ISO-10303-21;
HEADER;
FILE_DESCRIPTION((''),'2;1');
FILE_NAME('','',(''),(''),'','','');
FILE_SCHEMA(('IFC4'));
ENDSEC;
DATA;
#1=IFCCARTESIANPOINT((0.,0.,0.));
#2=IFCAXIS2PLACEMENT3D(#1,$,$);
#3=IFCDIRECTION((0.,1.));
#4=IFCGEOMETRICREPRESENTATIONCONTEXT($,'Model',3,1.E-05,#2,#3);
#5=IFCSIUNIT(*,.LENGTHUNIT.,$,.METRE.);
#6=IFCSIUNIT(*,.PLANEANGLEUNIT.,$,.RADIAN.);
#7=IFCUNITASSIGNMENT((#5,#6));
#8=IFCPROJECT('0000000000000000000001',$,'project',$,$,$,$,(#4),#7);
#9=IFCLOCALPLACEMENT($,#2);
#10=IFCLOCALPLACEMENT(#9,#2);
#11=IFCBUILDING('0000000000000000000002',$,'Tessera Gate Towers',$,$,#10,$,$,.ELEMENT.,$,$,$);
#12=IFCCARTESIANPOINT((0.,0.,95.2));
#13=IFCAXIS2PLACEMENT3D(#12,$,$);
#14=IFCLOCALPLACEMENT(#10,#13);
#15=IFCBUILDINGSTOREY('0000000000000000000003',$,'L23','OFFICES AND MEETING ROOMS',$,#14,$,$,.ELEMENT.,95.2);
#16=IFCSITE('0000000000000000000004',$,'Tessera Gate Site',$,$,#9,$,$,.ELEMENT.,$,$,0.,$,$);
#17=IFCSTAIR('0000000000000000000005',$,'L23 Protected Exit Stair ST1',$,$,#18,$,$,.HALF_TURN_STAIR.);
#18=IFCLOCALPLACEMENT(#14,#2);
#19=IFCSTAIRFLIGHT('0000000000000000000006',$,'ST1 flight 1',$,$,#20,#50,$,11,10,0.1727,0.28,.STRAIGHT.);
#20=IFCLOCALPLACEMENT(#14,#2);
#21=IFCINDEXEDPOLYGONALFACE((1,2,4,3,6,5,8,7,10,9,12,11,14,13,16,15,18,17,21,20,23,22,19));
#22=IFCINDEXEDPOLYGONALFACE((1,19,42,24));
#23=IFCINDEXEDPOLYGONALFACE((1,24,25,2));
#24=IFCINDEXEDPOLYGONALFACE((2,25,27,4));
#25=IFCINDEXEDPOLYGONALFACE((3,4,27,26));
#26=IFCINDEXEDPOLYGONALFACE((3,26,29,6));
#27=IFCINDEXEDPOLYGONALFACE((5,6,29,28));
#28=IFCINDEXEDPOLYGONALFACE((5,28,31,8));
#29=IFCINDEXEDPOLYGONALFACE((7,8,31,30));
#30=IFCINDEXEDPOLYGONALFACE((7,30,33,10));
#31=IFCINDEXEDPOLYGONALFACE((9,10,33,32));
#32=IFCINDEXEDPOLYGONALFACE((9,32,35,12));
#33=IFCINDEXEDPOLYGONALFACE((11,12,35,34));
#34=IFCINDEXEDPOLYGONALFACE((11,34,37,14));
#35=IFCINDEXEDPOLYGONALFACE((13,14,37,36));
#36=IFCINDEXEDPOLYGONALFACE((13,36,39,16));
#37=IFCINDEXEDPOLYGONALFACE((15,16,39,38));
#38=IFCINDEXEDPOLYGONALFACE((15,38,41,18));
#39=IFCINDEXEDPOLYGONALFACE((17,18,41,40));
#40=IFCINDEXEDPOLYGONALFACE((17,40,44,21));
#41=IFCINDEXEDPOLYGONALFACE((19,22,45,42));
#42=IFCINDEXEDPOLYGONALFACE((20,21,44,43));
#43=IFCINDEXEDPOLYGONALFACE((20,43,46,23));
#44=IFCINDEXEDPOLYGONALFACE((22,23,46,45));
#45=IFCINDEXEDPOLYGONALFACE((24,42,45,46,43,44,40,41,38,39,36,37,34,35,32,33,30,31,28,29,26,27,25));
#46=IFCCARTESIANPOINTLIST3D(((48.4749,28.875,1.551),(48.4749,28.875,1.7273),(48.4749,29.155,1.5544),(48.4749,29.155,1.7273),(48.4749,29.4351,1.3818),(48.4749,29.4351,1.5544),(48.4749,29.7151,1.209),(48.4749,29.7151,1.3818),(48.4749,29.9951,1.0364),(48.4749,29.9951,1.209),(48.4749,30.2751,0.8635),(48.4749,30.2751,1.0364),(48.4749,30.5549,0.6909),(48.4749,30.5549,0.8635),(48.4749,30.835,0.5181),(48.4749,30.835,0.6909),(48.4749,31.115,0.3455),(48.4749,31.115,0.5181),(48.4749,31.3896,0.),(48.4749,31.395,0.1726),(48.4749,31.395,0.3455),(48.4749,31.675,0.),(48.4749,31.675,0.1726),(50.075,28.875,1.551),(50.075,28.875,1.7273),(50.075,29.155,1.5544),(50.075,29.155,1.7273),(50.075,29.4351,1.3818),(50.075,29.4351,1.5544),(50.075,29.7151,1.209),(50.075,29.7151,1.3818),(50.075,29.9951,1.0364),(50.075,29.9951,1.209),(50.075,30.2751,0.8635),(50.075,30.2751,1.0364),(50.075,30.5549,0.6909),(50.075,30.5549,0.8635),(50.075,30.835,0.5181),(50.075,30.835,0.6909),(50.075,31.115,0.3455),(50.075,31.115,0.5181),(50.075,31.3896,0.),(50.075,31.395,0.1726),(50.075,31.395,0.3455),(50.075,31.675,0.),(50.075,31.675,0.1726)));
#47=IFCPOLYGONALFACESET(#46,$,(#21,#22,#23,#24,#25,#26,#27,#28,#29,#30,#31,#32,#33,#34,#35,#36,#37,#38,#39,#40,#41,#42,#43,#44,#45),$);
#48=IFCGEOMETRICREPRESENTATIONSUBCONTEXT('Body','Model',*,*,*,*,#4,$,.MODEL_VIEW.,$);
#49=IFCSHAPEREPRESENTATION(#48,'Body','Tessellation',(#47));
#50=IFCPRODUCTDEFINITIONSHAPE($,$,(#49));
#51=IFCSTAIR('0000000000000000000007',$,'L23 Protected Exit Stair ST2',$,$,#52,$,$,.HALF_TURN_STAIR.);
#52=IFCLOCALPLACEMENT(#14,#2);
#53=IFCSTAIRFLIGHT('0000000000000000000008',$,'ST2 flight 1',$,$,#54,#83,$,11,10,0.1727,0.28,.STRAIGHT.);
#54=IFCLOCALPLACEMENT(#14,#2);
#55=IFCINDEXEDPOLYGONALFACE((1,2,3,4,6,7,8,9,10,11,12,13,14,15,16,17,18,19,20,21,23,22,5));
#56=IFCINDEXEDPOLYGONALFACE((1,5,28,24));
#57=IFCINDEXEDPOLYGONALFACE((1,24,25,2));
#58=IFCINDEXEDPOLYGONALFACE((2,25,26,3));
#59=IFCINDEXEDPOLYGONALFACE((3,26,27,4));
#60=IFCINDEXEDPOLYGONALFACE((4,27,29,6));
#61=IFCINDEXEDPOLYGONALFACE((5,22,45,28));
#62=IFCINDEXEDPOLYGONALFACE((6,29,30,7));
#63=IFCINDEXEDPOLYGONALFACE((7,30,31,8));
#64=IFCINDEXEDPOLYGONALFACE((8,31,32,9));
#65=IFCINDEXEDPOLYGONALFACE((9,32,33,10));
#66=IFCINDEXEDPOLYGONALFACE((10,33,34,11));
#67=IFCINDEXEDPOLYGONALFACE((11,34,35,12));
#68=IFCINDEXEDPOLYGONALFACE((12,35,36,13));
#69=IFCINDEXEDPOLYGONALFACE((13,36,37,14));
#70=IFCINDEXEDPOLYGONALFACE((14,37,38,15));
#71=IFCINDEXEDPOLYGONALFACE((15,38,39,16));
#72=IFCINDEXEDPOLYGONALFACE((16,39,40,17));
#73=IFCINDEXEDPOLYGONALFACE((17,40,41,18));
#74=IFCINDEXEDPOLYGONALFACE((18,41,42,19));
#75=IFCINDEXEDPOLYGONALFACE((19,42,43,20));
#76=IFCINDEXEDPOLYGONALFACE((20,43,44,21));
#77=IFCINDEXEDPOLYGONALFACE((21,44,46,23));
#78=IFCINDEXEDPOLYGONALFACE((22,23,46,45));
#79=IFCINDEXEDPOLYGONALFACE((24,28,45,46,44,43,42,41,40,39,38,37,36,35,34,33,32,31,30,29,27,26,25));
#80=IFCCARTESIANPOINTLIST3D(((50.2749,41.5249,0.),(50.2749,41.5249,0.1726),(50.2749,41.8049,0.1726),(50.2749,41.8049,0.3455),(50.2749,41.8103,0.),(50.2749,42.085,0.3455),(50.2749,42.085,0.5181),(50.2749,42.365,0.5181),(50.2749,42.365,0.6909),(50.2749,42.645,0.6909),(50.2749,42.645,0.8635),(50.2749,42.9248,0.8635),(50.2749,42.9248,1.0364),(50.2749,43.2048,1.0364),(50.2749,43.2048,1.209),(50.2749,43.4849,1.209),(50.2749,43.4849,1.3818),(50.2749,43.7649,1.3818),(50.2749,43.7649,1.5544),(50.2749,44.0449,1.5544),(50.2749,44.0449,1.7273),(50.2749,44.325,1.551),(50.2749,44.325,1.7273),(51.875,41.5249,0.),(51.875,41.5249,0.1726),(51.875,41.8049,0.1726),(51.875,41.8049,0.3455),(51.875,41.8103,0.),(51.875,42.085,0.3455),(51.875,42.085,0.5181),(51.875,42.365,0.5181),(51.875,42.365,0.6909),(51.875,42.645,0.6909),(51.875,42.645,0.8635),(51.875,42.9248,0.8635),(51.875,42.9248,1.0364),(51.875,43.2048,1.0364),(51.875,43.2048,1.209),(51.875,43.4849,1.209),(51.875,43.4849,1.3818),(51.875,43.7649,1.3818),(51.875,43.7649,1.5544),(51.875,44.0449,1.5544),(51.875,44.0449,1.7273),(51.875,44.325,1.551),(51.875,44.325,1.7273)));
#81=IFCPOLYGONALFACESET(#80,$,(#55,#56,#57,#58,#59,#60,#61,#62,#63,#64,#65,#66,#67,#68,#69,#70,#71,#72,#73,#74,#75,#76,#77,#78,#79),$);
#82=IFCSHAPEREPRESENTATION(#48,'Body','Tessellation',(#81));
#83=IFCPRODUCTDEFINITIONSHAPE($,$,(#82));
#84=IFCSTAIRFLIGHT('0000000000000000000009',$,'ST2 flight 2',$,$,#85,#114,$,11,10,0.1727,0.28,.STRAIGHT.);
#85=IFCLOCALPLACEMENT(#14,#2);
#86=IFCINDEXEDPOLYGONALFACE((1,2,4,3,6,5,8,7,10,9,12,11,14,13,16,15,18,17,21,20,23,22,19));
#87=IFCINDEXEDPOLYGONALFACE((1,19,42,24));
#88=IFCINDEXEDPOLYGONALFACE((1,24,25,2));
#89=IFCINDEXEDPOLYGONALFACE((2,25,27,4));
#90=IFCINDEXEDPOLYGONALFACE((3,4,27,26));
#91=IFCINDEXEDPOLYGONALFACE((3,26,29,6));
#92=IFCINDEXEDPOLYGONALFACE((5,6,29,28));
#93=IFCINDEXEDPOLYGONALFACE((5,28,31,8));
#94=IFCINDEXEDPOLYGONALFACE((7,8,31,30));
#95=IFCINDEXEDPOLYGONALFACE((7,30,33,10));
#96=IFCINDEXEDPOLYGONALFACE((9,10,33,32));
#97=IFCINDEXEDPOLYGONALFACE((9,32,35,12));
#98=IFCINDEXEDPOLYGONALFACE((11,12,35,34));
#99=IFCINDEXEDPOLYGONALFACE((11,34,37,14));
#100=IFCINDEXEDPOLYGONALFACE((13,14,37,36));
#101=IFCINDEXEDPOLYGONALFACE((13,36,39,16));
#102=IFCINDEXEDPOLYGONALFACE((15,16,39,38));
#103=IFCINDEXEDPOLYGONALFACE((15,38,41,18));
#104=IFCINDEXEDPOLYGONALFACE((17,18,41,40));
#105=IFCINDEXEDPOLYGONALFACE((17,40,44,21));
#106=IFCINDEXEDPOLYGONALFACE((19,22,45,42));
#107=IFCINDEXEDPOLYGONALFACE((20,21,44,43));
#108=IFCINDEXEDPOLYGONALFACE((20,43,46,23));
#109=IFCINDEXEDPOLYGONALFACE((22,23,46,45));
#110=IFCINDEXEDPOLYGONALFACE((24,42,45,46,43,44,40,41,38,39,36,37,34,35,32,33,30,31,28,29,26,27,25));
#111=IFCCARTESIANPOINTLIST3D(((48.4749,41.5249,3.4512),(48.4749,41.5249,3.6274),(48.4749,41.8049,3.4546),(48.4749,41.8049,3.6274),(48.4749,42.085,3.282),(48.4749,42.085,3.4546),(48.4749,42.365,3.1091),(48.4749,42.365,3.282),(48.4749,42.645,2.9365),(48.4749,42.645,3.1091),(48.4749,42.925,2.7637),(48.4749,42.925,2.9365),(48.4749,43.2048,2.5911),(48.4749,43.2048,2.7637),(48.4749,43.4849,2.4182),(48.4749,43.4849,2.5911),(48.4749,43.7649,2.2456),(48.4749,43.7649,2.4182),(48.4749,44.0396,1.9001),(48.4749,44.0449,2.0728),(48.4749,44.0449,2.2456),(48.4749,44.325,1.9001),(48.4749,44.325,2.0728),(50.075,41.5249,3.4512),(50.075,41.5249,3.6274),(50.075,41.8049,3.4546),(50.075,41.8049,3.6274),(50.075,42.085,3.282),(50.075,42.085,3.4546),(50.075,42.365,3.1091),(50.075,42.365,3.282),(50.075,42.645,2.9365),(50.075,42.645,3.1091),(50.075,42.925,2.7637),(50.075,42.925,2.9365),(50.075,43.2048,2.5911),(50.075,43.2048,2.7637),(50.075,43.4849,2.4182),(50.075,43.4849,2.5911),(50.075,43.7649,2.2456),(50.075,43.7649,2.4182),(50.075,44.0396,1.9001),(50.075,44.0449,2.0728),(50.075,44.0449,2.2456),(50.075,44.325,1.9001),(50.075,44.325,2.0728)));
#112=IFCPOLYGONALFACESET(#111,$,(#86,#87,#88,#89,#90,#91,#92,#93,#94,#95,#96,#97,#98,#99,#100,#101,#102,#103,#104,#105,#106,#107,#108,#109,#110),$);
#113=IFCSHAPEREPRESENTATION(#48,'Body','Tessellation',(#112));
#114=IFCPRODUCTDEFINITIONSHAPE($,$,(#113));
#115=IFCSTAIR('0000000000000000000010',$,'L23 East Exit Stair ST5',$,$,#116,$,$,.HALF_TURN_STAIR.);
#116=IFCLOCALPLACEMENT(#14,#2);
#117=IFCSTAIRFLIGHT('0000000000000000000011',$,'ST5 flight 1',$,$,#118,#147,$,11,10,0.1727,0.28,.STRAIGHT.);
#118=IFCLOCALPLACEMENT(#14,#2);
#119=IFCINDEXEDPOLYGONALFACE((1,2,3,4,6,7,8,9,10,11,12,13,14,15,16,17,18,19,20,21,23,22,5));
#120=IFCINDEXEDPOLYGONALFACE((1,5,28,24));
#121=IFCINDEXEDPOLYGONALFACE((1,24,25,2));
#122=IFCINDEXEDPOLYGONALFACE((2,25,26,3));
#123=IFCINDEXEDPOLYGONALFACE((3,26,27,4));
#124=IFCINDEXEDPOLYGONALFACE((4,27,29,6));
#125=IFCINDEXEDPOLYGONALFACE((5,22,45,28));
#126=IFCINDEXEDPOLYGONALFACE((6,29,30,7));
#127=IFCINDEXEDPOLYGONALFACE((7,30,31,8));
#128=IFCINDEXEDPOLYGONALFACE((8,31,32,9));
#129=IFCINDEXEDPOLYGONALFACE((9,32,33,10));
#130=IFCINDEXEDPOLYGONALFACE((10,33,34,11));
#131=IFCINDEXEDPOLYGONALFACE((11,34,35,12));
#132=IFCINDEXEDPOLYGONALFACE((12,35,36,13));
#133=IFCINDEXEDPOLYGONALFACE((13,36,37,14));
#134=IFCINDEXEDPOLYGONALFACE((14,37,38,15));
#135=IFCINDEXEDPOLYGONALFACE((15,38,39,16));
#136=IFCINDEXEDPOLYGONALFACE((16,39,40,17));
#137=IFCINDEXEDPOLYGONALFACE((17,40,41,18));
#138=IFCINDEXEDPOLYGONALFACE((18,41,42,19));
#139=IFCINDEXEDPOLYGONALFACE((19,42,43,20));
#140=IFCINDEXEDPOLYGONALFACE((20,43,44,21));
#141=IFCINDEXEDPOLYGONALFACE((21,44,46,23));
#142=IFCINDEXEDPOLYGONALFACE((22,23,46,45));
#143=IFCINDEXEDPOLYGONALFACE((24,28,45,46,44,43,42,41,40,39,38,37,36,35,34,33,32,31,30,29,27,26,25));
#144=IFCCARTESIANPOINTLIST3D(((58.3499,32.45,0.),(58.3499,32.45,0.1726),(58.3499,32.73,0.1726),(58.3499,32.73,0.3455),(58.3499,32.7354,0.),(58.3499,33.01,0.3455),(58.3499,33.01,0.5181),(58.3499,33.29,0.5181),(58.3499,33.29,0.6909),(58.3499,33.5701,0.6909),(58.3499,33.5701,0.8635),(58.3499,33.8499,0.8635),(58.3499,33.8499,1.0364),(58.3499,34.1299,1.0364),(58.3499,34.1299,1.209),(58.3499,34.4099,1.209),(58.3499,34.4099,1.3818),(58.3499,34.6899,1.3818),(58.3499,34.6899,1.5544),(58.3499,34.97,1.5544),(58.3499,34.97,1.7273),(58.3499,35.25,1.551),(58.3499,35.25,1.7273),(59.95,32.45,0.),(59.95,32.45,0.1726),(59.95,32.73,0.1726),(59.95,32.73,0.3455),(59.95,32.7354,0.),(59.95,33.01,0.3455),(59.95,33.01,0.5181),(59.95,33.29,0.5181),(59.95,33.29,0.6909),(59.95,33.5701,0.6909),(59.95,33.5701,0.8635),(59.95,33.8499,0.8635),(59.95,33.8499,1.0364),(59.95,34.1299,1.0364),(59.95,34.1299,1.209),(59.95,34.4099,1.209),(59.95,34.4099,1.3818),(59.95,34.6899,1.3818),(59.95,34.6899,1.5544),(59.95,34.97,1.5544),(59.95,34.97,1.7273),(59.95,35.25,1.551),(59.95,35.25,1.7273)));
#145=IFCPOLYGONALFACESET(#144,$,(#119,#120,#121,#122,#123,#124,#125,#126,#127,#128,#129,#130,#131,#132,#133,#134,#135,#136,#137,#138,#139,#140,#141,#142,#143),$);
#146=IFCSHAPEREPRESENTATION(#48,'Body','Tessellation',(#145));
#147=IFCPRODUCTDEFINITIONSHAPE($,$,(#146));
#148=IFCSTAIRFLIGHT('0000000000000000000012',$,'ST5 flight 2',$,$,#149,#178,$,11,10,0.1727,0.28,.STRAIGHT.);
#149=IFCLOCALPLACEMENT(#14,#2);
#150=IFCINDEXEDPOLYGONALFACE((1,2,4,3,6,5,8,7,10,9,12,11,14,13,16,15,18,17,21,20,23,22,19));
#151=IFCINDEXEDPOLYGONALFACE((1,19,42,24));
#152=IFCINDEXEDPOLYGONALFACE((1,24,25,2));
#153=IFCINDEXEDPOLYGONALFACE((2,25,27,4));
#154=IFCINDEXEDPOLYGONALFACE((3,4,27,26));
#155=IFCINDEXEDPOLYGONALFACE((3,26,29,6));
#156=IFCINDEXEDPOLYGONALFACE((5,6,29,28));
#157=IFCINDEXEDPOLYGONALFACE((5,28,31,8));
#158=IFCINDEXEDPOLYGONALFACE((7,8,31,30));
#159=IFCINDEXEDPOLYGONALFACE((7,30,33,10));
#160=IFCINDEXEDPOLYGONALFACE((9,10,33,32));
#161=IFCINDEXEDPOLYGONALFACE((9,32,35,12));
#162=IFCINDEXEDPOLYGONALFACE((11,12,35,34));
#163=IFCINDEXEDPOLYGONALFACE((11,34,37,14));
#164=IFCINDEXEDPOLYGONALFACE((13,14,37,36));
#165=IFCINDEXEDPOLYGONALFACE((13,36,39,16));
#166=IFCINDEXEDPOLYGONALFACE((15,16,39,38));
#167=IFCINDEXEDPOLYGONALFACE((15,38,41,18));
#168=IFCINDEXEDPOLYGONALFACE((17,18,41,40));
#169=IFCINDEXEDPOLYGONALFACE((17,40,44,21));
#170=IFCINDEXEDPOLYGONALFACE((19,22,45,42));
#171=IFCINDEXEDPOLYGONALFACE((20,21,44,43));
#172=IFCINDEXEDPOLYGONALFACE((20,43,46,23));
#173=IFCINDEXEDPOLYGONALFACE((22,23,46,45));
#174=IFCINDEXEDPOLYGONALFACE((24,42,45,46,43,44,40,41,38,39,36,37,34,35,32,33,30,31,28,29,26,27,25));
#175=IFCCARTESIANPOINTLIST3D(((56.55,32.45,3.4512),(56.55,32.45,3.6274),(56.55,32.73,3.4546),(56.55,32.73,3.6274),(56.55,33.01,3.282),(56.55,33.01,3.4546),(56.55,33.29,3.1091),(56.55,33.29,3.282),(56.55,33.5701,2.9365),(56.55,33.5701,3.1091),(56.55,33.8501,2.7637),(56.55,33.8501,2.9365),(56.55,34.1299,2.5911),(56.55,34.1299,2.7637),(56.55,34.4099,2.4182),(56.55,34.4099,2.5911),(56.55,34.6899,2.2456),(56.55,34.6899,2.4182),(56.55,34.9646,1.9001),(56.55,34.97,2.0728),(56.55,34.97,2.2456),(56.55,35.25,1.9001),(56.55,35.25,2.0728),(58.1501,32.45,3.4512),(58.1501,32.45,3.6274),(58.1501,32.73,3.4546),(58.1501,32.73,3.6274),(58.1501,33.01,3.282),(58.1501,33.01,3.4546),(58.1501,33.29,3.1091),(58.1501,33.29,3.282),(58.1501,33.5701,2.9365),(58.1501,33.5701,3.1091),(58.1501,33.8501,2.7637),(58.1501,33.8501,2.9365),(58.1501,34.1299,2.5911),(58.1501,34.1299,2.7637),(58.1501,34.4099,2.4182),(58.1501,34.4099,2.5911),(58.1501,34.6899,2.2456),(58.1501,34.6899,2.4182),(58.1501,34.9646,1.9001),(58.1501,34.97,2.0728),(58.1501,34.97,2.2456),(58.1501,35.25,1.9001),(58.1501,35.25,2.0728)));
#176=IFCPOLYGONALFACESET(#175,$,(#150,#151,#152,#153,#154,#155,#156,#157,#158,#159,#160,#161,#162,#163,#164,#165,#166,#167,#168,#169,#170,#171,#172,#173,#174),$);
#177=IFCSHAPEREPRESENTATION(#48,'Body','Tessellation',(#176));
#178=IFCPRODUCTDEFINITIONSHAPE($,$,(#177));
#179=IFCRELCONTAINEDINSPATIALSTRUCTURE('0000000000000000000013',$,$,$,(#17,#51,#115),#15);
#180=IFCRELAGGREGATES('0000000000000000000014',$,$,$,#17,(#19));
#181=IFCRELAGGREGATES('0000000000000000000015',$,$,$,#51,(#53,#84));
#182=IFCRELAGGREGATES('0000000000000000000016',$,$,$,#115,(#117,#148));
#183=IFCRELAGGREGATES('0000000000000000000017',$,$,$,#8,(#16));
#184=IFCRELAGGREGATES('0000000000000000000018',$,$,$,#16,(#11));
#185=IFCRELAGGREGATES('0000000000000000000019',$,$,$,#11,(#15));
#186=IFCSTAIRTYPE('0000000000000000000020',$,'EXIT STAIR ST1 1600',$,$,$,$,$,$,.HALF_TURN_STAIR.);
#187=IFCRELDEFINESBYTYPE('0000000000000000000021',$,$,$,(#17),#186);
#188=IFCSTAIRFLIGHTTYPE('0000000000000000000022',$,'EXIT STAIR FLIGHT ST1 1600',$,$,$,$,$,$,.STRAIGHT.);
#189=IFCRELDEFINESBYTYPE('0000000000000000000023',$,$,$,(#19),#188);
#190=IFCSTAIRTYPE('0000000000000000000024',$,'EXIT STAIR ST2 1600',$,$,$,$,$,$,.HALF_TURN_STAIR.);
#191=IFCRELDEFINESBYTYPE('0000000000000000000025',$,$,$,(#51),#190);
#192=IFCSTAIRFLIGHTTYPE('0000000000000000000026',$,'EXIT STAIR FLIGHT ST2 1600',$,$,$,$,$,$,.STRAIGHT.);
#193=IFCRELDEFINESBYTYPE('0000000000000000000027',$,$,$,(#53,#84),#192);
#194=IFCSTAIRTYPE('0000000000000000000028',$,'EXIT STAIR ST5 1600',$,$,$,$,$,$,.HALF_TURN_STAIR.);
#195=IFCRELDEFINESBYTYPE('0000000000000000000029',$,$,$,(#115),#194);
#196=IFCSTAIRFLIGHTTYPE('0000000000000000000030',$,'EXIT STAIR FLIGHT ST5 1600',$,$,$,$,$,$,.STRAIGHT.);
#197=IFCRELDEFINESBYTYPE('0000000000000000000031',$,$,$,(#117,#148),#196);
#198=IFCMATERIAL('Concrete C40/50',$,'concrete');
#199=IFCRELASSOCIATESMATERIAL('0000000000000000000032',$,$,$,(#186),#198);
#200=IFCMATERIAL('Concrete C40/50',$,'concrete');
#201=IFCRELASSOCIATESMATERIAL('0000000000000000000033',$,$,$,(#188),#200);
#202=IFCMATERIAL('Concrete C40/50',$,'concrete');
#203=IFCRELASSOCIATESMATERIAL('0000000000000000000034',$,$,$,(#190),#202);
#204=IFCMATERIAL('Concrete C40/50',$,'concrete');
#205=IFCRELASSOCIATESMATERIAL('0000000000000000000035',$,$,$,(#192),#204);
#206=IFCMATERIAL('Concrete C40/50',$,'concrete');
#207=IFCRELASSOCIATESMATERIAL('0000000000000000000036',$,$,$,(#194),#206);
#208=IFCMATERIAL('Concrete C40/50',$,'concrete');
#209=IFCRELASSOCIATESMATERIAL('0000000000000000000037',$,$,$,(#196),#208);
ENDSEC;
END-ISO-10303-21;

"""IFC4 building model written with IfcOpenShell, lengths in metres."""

from ifc_helpers import new_model, si_unit, direction, frame, origin, place, context, subcontext, project, spatial, polyline, outline, extrude, material, type_object, element, aggregate, save


model = new_model("IFC4")

# Units and contexts
model_context = context("Model", 3, precision=1e-05, world=origin(), true_north=direction((0.0, 1.0)))
body_context = subcontext(model_context, "Body", "Model", "MODEL_VIEW")
ifc_project = project(units=[si_unit("LENGTHUNIT", "METRE"), si_unit("PLANEANGLEUNIT", "RADIAN")], contexts=[model_context])

# Site, building, storey
site_placement = place(None, origin())
site = spatial("IfcSite", under=ifc_project, at=site_placement, Name="Tessera Gate Site", CompositionType="ELEMENT", RefElevation=0.0)
building_placement = place(site_placement, origin())
building = spatial("IfcBuilding", under=site, at=building_placement, Name="Tessera Gate Towers", CompositionType="ELEMENT")
storey_placement = place(building_placement, frame((0.0, 0.0, 95.2)))
storey = spatial("IfcBuildingStorey", under=building, at=storey_placement, Name="L23", Description="OFFICES AND MEETING ROOMS", CompositionType="ELEMENT", Elevation=95.2)

# Stair, stair flight
ifc_material_1 = material(Name="Concrete C40/50", Category="concrete")
stair_type_1 = type_object("IfcStairType", Name="EXIT STAIR ST1 1600", PredefinedType="HALF_TURN_STAIR", material=ifc_material_1)
stair_1_placement = place(storey_placement, origin())
stair_1 = element("IfcStair", 1, at=stair_1_placement, inside=storey, type_object=stair_type_1, Name="L23 Protected Exit Stair ST1", PredefinedType="HALF_TURN_STAIR")
ifc_material_2 = material(Name="Concrete C40/50", Category="concrete")
stair_flight_type_1 = type_object("IfcStairFlightType", Name="EXIT STAIR FLIGHT ST1 1600", PredefinedType="STRAIGHT", material=ifc_material_2)
stair_flight_1_placement = place(storey_placement, frame((49.2749, 31.675, 0.0), z_axis=(0.0, 0.0, 1.0), x_axis=(0.0, -1.0, 0.0)))
stair_flight_1 = element("IfcStairFlight", 2, at=stair_flight_1_placement, type_object=stair_flight_type_1, Name="ST1 flight 1", NumberOfRisers=11, NumberOfTreads=10, PredefinedType="STRAIGHT", RiserHeight=0.1727, TreadLength=0.28, context=body_context, shape_type="SweptSolid", body=[
    extrude(outline(polyline([(0.0, 0.0), (0.0, 0.1726), (0.28, 0.1726), (0.28, 0.3455), (0.5601, 0.3455), (0.5601, 0.5181), (0.8401, 0.5181), (0.8401, 0.6909), (1.1201, 0.6909), (1.1201, 0.8635), (1.3999, 0.8635), (1.3999, 1.0364), (1.6799, 1.0364), (1.6799, 1.209), (1.96, 1.209), (1.96, 1.3818), (2.24, 1.3818), (2.24, 1.5544), (2.52, 1.5544), (2.52, 1.7273), (2.8, 1.7273), (2.8, 1.8999), (2.8, 1.551), (0.2854, 0.0), (0.0, 0.0)])), frame((0.0, 0.8, 0.0), z_axis=(0.0, -1.0, 0.0), x_axis=(1.0, 0.0, 0.0)), (0.0, 0.0, 1.0), 1.6001),
])
aggregate(stair_1, [stair_flight_1])

# Stairs, stair flights
ifc_material_3 = material(Name="Concrete C40/50", Category="concrete")
stair_type_2 = type_object("IfcStairType", Name="EXIT STAIR ST2 1600", PredefinedType="HALF_TURN_STAIR", material=ifc_material_3)
stair_2_placement = place(storey_placement, origin())
stair_2 = element("IfcStair", 3, at=stair_2_placement, inside=storey, type_object=stair_type_2, Name="L23 Protected Exit Stair ST2", PredefinedType="HALF_TURN_STAIR")
ifc_material_4 = material(Name="Concrete C40/50", Category="concrete")
stair_flight_type_2 = type_object("IfcStairFlightType", Name="EXIT STAIR FLIGHT ST2 1600", PredefinedType="STRAIGHT", material=ifc_material_4)
stair_flight_2_placement = place(storey_placement, frame((51.075, 41.5249, 0.0), z_axis=(0.0, 0.0, 1.0), x_axis=(0.0, 1.0, 0.0)))
stair_flight_2 = element("IfcStairFlight", 4, at=stair_flight_2_placement, type_object=stair_flight_type_2, Name="ST2 flight 1", NumberOfRisers=11, NumberOfTreads=10, PredefinedType="STRAIGHT", RiserHeight=0.1727, TreadLength=0.28, context=body_context, shape_type="SweptSolid", body=[
    extrude(outline(polyline([(0.0, 0.0), (0.0, 0.1726), (0.28, 0.1726), (0.28, 0.3455), (0.5601, 0.3455), (0.5601, 0.5181), (0.8401, 0.5181), (0.8401, 0.6909), (1.1201, 0.6909), (1.1201, 0.8635), (1.3999, 0.8635), (1.3999, 1.0364), (1.6799, 1.0364), (1.6799, 1.209), (1.96, 1.209), (1.96, 1.3818), (2.24, 1.3818), (2.24, 1.5544), (2.52, 1.5544), (2.52, 1.7273), (2.8, 1.7273), (2.8, 1.8999), (2.8, 1.551), (0.2854, 0.0), (0.0, 0.0)])), frame((0.0, 0.8, 0.0), z_axis=(0.0, -1.0, 0.0), x_axis=(1.0, 0.0, 0.0)), (0.0, 0.0, 1.0), 1.6001),
])
stair_flight_3_placement = place(storey_placement, frame((49.2749, 44.325, 1.9001), z_axis=(0.0, 0.0, 1.0), x_axis=(0.0, -1.0, 0.0)))
stair_flight_3 = element("IfcStairFlight", 5, at=stair_flight_3_placement, type_object=stair_flight_type_2, Name="ST2 flight 2", NumberOfRisers=11, NumberOfTreads=10, PredefinedType="STRAIGHT", RiserHeight=0.1727, TreadLength=0.28, context=body_context, shape_type="SweptSolid", body=[
    extrude(outline(polyline([(0.0, 0.0), (0.0, 0.1726), (0.28, 0.1726), (0.28, 0.3455), (0.5601, 0.3455), (0.5601, 0.5181), (0.8401, 0.5181), (0.8401, 0.6909), (1.1201, 0.6909), (1.1201, 0.8635), (1.3999, 0.8635), (1.3999, 1.0364), (1.6799, 1.0364), (1.6799, 1.209), (1.96, 1.209), (1.96, 1.3818), (2.24, 1.3818), (2.24, 1.5544), (2.52, 1.5544), (2.52, 1.7273), (2.8, 1.7273), (2.8, 1.8999), (2.8, 1.551), (0.2854, 0.0), (0.0, 0.0)])), frame((0.0, 0.8, 0.0), z_axis=(0.0, -1.0, 0.0), x_axis=(1.0, 0.0, 0.0)), (0.0, 0.0, 1.0), 1.6001),
])
aggregate(stair_2, [stair_flight_2, stair_flight_3])
ifc_material_5 = material(Name="Concrete C40/50", Category="concrete")
stair_type_3 = type_object("IfcStairType", Name="EXIT STAIR ST5 1600", PredefinedType="HALF_TURN_STAIR", material=ifc_material_5)
stair_3_placement = place(storey_placement, origin())
stair_3 = element("IfcStair", 6, at=stair_3_placement, inside=storey, type_object=stair_type_3, Name="L23 East Exit Stair ST5", PredefinedType="HALF_TURN_STAIR")
ifc_material_6 = material(Name="Concrete C40/50", Category="concrete")
stair_flight_type_3 = type_object("IfcStairFlightType", Name="EXIT STAIR FLIGHT ST5 1600", PredefinedType="STRAIGHT", material=ifc_material_6)
stair_flight_4_placement = place(storey_placement, frame((59.1499, 32.45, 0.0), z_axis=(0.0, 0.0, 1.0), x_axis=(0.0, 1.0, 0.0)))
stair_flight_4 = element("IfcStairFlight", 7, at=stair_flight_4_placement, type_object=stair_flight_type_3, Name="ST5 flight 1", NumberOfRisers=11, NumberOfTreads=10, PredefinedType="STRAIGHT", RiserHeight=0.1727, TreadLength=0.28, context=body_context, shape_type="SweptSolid", body=[
    extrude(outline(polyline([(0.0, 0.0), (0.0, 0.1726), (0.28, 0.1726), (0.28, 0.3455), (0.5601, 0.3455), (0.5601, 0.5181), (0.8401, 0.5181), (0.8401, 0.6909), (1.1201, 0.6909), (1.1201, 0.8635), (1.3999, 0.8635), (1.3999, 1.0364), (1.6799, 1.0364), (1.6799, 1.209), (1.96, 1.209), (1.96, 1.3818), (2.24, 1.3818), (2.24, 1.5544), (2.52, 1.5544), (2.52, 1.7273), (2.8, 1.7273), (2.8, 1.8999), (2.8, 1.551), (0.2854, 0.0), (0.0, 0.0)])), frame((0.0, 0.8, 0.0), z_axis=(0.0, -1.0, 0.0), x_axis=(1.0, 0.0, 0.0)), (0.0, 0.0, 1.0), 1.6001),
])
stair_flight_5_placement = place(storey_placement, frame((57.3501, 35.25, 1.9001), z_axis=(0.0, 0.0, 1.0), x_axis=(0.0, -1.0, 0.0)))
stair_flight_5 = element("IfcStairFlight", 8, at=stair_flight_5_placement, type_object=stair_flight_type_3, Name="ST5 flight 2", NumberOfRisers=11, NumberOfTreads=10, PredefinedType="STRAIGHT", RiserHeight=0.1727, TreadLength=0.28, context=body_context, shape_type="SweptSolid", body=[
    extrude(outline(polyline([(0.0, 0.0), (0.0, 0.1726), (0.28, 0.1726), (0.28, 0.3455), (0.5601, 0.3455), (0.5601, 0.5181), (0.8401, 0.5181), (0.8401, 0.6909), (1.1201, 0.6909), (1.1201, 0.8635), (1.3999, 0.8635), (1.3999, 1.0364), (1.6799, 1.0364), (1.6799, 1.209), (1.96, 1.209), (1.96, 1.3818), (2.24, 1.3818), (2.24, 1.5544), (2.52, 1.5544), (2.52, 1.7273), (2.8, 1.7273), (2.8, 1.8999), (2.8, 1.551), (0.2854, 0.0), (0.0, 0.0)])), frame((0.0, 0.8, 0.0), z_axis=(0.0, -1.0, 0.0), x_axis=(1.0, 0.0, 0.0)), (0.0, 0.0, 1.0), 1.6001),
])
aggregate(stair_3, [stair_flight_4, stair_flight_5])

save(model, "model.ifc")
